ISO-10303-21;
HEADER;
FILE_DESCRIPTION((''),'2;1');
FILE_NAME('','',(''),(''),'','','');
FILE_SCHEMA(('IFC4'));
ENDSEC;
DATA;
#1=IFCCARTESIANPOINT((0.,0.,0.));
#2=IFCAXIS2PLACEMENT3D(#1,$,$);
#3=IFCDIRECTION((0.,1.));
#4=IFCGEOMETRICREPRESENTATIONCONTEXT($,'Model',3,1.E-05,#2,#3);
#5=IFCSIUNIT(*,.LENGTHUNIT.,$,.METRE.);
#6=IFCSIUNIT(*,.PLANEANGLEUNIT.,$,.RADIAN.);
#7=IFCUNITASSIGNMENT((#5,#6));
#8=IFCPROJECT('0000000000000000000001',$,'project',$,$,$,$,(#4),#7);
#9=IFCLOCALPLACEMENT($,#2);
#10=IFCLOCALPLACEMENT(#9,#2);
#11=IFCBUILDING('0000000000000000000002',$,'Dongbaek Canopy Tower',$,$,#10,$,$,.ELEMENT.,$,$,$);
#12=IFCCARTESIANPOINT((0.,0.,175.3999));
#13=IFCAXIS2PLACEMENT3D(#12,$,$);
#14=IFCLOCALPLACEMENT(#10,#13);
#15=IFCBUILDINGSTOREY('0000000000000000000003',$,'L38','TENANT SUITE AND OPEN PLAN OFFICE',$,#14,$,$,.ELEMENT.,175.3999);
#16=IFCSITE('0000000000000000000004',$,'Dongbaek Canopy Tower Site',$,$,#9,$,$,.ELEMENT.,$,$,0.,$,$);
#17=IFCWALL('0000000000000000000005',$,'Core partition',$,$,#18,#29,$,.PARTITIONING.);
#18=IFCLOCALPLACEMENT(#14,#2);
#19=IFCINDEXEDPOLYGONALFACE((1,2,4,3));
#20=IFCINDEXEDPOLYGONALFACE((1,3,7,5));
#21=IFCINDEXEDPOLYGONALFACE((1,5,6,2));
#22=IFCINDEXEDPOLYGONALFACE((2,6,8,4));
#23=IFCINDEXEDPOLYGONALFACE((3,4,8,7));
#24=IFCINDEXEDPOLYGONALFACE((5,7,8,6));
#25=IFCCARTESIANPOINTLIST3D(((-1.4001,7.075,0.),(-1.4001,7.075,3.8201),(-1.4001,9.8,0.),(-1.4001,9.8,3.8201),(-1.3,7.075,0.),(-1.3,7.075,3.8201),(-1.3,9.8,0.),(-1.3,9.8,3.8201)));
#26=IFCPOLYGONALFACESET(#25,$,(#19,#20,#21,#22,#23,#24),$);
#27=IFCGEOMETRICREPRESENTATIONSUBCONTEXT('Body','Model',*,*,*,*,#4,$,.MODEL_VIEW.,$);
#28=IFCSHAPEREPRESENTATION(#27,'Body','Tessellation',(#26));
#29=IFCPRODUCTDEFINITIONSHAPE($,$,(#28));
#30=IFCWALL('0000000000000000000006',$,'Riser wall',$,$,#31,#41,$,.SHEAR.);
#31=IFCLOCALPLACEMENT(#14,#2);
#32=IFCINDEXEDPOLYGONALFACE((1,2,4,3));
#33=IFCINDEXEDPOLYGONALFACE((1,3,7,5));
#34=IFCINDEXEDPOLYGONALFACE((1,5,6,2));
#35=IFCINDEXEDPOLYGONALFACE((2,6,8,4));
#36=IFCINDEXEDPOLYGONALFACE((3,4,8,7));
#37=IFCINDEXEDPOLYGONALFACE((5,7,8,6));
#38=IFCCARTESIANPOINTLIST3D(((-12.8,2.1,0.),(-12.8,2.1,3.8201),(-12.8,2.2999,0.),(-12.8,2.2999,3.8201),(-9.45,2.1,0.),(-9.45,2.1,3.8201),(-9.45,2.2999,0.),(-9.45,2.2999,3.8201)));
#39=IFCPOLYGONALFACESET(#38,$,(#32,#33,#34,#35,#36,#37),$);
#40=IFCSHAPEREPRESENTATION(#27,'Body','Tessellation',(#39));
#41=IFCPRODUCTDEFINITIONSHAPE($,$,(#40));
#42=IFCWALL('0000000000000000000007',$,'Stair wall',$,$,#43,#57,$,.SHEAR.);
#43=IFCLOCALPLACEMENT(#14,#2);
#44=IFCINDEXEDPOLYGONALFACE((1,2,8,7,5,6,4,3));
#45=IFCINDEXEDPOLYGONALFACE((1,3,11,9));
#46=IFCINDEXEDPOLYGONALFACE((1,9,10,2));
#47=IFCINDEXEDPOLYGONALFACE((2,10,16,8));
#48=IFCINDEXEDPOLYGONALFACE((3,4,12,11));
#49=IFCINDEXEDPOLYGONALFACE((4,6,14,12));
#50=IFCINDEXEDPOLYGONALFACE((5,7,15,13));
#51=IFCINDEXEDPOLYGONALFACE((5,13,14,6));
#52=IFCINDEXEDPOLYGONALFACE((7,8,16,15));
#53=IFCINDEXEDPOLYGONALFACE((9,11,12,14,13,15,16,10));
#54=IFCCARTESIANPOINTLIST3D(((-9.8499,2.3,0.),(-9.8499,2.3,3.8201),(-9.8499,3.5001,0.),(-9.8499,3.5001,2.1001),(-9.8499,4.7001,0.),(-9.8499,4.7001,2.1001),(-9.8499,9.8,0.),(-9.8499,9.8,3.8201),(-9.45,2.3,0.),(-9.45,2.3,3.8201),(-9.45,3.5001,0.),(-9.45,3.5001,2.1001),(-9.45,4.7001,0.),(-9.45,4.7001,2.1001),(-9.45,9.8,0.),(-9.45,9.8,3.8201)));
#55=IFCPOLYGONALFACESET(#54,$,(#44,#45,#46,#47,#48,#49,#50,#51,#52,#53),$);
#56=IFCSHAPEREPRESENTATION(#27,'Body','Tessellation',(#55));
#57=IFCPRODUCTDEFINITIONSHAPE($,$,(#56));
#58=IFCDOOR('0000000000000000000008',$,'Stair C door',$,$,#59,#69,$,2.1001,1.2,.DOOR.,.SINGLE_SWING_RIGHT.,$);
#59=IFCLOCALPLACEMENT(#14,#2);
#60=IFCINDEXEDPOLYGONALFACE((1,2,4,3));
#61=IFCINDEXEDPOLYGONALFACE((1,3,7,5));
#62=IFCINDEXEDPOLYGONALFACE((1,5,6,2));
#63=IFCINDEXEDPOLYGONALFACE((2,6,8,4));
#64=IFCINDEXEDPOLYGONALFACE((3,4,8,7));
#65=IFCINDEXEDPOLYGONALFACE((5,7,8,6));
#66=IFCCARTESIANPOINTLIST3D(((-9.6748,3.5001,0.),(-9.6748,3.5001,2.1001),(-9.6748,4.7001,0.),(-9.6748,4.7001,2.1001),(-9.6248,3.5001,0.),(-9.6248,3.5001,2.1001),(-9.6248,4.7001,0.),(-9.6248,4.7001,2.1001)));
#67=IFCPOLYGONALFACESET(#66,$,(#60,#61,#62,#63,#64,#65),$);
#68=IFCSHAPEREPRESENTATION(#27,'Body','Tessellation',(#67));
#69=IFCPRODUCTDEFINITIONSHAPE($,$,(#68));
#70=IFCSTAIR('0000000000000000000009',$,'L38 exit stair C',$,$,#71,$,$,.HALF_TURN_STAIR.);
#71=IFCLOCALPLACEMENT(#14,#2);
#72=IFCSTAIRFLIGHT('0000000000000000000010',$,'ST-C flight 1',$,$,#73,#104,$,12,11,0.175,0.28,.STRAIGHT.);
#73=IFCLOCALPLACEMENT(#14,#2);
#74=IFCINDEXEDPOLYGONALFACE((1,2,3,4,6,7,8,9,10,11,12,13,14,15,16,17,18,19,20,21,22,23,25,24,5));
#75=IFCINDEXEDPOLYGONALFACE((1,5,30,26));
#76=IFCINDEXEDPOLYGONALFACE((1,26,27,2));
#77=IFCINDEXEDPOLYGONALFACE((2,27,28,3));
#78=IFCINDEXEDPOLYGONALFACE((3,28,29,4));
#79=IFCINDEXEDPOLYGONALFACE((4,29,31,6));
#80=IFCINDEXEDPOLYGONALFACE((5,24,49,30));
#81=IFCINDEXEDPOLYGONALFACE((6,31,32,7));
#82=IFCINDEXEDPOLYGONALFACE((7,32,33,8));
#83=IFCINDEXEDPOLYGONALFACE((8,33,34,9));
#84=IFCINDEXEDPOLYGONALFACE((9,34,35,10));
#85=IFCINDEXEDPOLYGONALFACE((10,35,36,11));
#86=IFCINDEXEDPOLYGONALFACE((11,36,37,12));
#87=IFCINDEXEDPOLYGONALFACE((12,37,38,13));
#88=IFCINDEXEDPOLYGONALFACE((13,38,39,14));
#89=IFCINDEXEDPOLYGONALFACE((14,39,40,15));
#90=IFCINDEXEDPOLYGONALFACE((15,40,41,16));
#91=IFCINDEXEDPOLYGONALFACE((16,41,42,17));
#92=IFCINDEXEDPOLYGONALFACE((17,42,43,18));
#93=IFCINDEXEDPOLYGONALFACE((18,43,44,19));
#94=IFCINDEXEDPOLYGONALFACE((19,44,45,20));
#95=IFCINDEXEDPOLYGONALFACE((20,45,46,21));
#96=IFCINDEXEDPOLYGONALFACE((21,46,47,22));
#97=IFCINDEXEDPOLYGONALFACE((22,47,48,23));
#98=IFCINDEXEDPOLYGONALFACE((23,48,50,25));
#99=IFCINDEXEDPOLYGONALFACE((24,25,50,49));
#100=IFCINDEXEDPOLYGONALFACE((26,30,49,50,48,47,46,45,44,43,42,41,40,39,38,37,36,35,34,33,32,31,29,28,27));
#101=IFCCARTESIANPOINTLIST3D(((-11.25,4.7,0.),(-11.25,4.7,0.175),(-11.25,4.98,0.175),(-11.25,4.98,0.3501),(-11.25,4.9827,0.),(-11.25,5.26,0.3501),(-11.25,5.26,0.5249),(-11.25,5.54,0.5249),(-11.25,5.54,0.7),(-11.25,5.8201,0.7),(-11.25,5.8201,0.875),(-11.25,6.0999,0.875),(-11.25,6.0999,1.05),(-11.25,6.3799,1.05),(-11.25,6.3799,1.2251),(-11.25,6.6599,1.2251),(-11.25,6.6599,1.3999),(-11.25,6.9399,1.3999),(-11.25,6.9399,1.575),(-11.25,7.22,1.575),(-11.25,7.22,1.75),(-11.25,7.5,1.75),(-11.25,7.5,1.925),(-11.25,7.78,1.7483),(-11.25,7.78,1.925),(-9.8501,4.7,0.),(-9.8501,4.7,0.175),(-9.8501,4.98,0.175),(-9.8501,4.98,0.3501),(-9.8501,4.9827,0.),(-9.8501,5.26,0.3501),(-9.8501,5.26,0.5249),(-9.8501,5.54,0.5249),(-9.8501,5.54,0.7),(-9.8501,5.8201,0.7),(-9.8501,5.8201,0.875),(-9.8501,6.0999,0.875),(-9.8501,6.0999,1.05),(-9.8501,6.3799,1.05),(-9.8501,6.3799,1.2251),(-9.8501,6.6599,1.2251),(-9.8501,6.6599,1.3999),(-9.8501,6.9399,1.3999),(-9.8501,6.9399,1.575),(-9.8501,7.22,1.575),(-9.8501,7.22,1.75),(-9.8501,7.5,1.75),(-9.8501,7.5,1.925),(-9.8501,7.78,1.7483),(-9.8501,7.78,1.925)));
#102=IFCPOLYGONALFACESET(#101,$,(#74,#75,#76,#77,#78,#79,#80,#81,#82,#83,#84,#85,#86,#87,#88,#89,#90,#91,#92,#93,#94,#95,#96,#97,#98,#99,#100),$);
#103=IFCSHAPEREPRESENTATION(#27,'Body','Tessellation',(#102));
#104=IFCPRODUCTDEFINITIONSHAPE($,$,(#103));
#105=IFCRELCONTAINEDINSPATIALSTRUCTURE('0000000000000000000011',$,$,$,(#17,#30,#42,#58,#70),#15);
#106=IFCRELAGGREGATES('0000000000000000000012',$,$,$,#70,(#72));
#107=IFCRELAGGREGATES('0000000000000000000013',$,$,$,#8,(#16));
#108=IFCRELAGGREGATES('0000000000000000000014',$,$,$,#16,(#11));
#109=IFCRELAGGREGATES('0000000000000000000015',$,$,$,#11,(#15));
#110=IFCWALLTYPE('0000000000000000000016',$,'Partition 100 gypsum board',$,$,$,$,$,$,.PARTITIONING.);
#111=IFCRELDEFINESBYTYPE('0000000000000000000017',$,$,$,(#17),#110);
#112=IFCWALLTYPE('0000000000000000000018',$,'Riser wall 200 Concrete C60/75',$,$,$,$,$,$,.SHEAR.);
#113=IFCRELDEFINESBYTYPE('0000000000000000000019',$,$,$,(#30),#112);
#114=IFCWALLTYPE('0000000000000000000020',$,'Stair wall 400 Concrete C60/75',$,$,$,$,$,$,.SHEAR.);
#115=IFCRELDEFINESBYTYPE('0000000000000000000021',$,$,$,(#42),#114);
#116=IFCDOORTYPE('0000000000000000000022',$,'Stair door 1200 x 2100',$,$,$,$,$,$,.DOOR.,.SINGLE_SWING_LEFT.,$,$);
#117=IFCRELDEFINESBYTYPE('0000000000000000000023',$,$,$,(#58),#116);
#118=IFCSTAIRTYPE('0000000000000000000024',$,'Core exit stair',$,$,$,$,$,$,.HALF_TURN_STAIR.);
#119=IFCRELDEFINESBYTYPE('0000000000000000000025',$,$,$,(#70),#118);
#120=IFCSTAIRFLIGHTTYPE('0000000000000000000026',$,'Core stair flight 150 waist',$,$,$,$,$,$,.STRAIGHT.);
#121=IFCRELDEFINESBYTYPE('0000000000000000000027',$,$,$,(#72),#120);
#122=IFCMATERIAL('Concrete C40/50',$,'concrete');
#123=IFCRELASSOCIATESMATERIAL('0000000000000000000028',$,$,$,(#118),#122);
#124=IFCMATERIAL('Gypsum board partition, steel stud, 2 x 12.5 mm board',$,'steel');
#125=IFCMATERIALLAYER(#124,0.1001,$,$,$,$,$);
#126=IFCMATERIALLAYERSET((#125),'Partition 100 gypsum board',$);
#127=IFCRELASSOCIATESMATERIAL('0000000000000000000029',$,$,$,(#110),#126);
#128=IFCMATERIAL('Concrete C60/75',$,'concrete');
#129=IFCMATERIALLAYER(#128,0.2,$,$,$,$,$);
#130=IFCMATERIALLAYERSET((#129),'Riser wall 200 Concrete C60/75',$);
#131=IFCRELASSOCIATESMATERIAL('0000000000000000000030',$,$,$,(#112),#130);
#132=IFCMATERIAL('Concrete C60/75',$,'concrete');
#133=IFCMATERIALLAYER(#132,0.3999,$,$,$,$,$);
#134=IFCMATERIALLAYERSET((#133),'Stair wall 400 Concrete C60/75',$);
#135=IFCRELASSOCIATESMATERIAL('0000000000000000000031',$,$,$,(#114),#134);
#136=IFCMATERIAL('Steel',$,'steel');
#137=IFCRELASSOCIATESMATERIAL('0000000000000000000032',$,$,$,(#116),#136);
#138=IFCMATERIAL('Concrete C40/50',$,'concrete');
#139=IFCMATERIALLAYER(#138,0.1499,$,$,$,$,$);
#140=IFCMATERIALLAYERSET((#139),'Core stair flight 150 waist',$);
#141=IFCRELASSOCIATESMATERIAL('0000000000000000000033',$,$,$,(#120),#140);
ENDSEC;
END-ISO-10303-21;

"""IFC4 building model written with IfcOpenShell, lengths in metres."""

from ifc_helpers import new_model, si_unit, direction, frame, frame_2d, origin, place, context, subcontext, project, spatial, polyline, rectangle, outline, extrude, material, layer, layer_set, type_object, element, fill, aggregate, save


model = new_model("IFC4")

# Units and contexts
model_context = context("Model", 3, precision=1e-05, world=origin(), true_north=direction((0.0, 1.0)))
body_context = subcontext(model_context, "Body", "Model", "MODEL_VIEW")
ifc_project = project(units=[si_unit("LENGTHUNIT", "METRE"), si_unit("PLANEANGLEUNIT", "RADIAN")], contexts=[model_context])

# Site, building, storey
site_placement = place(None, origin())
site = spatial("IfcSite", under=ifc_project, at=site_placement, Name="Dongbaek Canopy Tower Site", CompositionType="ELEMENT", RefElevation=0.0)
building_placement = place(site_placement, origin())
building = spatial("IfcBuilding", under=site, at=building_placement, Name="Dongbaek Canopy Tower", CompositionType="ELEMENT")
storey_placement = place(building_placement, frame((0.0, 0.0, 175.3999)))
storey = spatial("IfcBuildingStorey", under=building, at=storey_placement, Name="L38", Description="TENANT SUITE AND OPEN PLAN OFFICE", CompositionType="ELEMENT", Elevation=175.3999)

# Shared definitions
ifc_material_1 = material(Name="Concrete C40/50", Category="concrete")
stair_type = type_object("IfcStairType", Name="Core exit stair", PredefinedType="HALF_TURN_STAIR", material=ifc_material_1)

# Walls
ifc_material_2 = material(Name="Gypsum board partition, steel stud, 2 x 12.5 mm board", Category="steel")
ifc_layer_1 = layer(ifc_material_2, 0.1001)
ifc_layer_set_1 = layer_set([ifc_layer_1], Name="Partition 100 gypsum board")
wall_type_1 = type_object("IfcWallType", Name="Partition 100 gypsum board", PredefinedType="PARTITIONING", material=ifc_layer_set_1)
for number, where, z_axis, x_axis, name in (
    (1, (-1.3501, 7.075, 0.0), (0.0, 0.0, 1.0), (0.0, 1.0, 0.0), "Core partition"),
):
    element("IfcWall", number, at=place(storey_placement, frame(where, z_axis=z_axis, x_axis=x_axis)), inside=storey, type_object=wall_type_1, Name=name, PredefinedType="PARTITIONING", context=body_context, shape_type="SweptSolid", body=[
        extrude(rectangle(XDim=2.7251, YDim=0.1001, at=frame_2d((1.3625, 0.0))), origin(), (0.0, 0.0, 1.0), 3.8201),
    ])
ifc_material_3 = material(Name="Concrete C60/75", Category="concrete")
ifc_layer_2 = layer(ifc_material_3, 0.2)
ifc_layer_set_2 = layer_set([ifc_layer_2], Name="Riser wall 200 Concrete C60/75")
wall_type_2 = type_object("IfcWallType", Name="Riser wall 200 Concrete C60/75", PredefinedType="SHEAR", material=ifc_layer_set_2)
wall_1_placement = place(storey_placement, frame((-9.45, 2.2, 0.0), z_axis=(0.0, 0.0, 1.0), x_axis=(-1.0, 0.0, 0.0)))
element("IfcWall", 2, at=wall_1_placement, inside=storey, type_object=wall_type_2, Name="Riser wall", PredefinedType="SHEAR", context=body_context, shape_type="SweptSolid", body=[
    extrude(rectangle(XDim=3.3501, YDim=0.2, at=frame_2d((1.675, 0.0))), origin(), (0.0, 0.0, 1.0), 3.8201),
])

# Wall, opening, door
ifc_material_4 = material(Name="Concrete C60/75", Category="concrete")
ifc_layer_3 = layer(ifc_material_4, 0.3999)
ifc_layer_set_3 = layer_set([ifc_layer_3], Name="Stair wall 400 Concrete C60/75")
wall_type_3 = type_object("IfcWallType", Name="Stair wall 400 Concrete C60/75", PredefinedType="SHEAR", material=ifc_layer_set_3)
wall_2_placement = place(storey_placement, frame((-9.6499, 2.3, 0.0), z_axis=(0.0, 0.0, 1.0), x_axis=(0.0, 1.0, 0.0)))
wall_2 = element("IfcWall", 3, at=wall_2_placement, inside=storey, type_object=wall_type_3, Name="Stair wall", PredefinedType="SHEAR", context=body_context, shape_type="SweptSolid", body=[
    extrude(rectangle(XDim=7.5, YDim=0.3999, at=frame_2d((3.75, 0.0))), origin(), (0.0, 0.0, 1.0), 3.8201),
])
opening_1_placement = place(wall_2_placement, frame((1.2, 0.0, 0.0)))
opening_1 = element("IfcOpeningElement", 4, at=opening_1_placement, cuts=wall_2, PredefinedType="OPENING", context=body_context, shape_type="SweptSolid", body=[
    extrude(rectangle(XDim=1.2, YDim=2.1001, at=frame_2d((0.6001, 1.05))), frame((0.0, 0.21, 0.0), z_axis=(0.0, -1.0, 0.0), x_axis=(1.0, 0.0, 0.0)), (0.0, 0.0, 1.0), 0.4199),
])
ifc_material_5 = material(Name="Steel", Category="steel")
door_type_1 = type_object("IfcDoorType", Name="Stair door 1200 x 2100", OperationType="SINGLE_SWING_LEFT", PredefinedType="DOOR", material=ifc_material_5)
door_1_placement = place(opening_1_placement, origin())
door_1 = element("IfcDoor", 5, at=door_1_placement, inside=storey, type_object=door_type_1, Name="Stair C door", OperationType="SINGLE_SWING_RIGHT", OverallHeight=2.1001, OverallWidth=1.2, PredefinedType="DOOR", context=body_context, shape_type="SweptSolid", body=[
    extrude(rectangle(XDim=1.2, YDim=2.1001, at=frame_2d((0.6001, 1.05))), frame((0.0, 0.0249, 0.0), z_axis=(0.0, -1.0, 0.0), x_axis=(1.0, 0.0, 0.0)), (0.0, 0.0, 1.0), 0.05),
])
fill(opening_1, door_1)

# Stair, stair flight
stair_1_placement = place(storey_placement, origin())
stair_1 = element("IfcStair", 6, at=stair_1_placement, inside=storey, type_object=stair_type, Name="L38 exit stair C", PredefinedType="HALF_TURN_STAIR")
ifc_material_6 = material(Name="Concrete C40/50", Category="concrete")
ifc_layer_4 = layer(ifc_material_6, 0.1499)
ifc_layer_set_4 = layer_set([ifc_layer_4], Name="Core stair flight 150 waist")
stair_flight_type = type_object("IfcStairFlightType", Name="Core stair flight 150 waist", PredefinedType="STRAIGHT", material=ifc_layer_set_4)
stair_flight_placement = place(storey_placement, frame((-10.55, 4.7, 0.0), z_axis=(0.0, 0.0, 1.0), x_axis=(0.0, 1.0, 0.0)))
stair_flight = element("IfcStairFlight", 7, at=stair_flight_placement, type_object=stair_flight_type, Name="ST-C flight 1", NumberOfRisers=12, NumberOfTreads=11, PredefinedType="STRAIGHT", RiserHeight=0.175, TreadLength=0.28, context=body_context, shape_type="SweptSolid", body=[
    extrude(outline(polyline([(0.0, 0.0), (0.0, 0.175), (0.28, 0.175), (0.28, 0.3501), (0.5601, 0.3501), (0.5601, 0.5249), (0.8401, 0.5249), (0.8401, 0.7), (1.1201, 0.7), (1.1201, 0.875), (1.3999, 0.875), (1.3999, 1.05), (1.6799, 1.05), (1.6799, 1.2251), (1.96, 1.2251), (1.96, 1.3999), (2.24, 1.3999), (2.24, 1.575), (2.52, 1.575), (2.52, 1.75), (2.8, 1.75), (2.8, 1.925), (3.0801, 1.925), (3.0801, 2.1001), (3.0801, 1.7483), (0.2827, 0.0), (0.0, 0.0)])), frame((0.0, 0.7, 0.0), z_axis=(0.0, -1.0, 0.0), x_axis=(1.0, 0.0, 0.0)), (0.0, 0.0, 1.0), 1.3999),
])
aggregate(stair_1, [stair_flight])

save(model, "model.ifc")
